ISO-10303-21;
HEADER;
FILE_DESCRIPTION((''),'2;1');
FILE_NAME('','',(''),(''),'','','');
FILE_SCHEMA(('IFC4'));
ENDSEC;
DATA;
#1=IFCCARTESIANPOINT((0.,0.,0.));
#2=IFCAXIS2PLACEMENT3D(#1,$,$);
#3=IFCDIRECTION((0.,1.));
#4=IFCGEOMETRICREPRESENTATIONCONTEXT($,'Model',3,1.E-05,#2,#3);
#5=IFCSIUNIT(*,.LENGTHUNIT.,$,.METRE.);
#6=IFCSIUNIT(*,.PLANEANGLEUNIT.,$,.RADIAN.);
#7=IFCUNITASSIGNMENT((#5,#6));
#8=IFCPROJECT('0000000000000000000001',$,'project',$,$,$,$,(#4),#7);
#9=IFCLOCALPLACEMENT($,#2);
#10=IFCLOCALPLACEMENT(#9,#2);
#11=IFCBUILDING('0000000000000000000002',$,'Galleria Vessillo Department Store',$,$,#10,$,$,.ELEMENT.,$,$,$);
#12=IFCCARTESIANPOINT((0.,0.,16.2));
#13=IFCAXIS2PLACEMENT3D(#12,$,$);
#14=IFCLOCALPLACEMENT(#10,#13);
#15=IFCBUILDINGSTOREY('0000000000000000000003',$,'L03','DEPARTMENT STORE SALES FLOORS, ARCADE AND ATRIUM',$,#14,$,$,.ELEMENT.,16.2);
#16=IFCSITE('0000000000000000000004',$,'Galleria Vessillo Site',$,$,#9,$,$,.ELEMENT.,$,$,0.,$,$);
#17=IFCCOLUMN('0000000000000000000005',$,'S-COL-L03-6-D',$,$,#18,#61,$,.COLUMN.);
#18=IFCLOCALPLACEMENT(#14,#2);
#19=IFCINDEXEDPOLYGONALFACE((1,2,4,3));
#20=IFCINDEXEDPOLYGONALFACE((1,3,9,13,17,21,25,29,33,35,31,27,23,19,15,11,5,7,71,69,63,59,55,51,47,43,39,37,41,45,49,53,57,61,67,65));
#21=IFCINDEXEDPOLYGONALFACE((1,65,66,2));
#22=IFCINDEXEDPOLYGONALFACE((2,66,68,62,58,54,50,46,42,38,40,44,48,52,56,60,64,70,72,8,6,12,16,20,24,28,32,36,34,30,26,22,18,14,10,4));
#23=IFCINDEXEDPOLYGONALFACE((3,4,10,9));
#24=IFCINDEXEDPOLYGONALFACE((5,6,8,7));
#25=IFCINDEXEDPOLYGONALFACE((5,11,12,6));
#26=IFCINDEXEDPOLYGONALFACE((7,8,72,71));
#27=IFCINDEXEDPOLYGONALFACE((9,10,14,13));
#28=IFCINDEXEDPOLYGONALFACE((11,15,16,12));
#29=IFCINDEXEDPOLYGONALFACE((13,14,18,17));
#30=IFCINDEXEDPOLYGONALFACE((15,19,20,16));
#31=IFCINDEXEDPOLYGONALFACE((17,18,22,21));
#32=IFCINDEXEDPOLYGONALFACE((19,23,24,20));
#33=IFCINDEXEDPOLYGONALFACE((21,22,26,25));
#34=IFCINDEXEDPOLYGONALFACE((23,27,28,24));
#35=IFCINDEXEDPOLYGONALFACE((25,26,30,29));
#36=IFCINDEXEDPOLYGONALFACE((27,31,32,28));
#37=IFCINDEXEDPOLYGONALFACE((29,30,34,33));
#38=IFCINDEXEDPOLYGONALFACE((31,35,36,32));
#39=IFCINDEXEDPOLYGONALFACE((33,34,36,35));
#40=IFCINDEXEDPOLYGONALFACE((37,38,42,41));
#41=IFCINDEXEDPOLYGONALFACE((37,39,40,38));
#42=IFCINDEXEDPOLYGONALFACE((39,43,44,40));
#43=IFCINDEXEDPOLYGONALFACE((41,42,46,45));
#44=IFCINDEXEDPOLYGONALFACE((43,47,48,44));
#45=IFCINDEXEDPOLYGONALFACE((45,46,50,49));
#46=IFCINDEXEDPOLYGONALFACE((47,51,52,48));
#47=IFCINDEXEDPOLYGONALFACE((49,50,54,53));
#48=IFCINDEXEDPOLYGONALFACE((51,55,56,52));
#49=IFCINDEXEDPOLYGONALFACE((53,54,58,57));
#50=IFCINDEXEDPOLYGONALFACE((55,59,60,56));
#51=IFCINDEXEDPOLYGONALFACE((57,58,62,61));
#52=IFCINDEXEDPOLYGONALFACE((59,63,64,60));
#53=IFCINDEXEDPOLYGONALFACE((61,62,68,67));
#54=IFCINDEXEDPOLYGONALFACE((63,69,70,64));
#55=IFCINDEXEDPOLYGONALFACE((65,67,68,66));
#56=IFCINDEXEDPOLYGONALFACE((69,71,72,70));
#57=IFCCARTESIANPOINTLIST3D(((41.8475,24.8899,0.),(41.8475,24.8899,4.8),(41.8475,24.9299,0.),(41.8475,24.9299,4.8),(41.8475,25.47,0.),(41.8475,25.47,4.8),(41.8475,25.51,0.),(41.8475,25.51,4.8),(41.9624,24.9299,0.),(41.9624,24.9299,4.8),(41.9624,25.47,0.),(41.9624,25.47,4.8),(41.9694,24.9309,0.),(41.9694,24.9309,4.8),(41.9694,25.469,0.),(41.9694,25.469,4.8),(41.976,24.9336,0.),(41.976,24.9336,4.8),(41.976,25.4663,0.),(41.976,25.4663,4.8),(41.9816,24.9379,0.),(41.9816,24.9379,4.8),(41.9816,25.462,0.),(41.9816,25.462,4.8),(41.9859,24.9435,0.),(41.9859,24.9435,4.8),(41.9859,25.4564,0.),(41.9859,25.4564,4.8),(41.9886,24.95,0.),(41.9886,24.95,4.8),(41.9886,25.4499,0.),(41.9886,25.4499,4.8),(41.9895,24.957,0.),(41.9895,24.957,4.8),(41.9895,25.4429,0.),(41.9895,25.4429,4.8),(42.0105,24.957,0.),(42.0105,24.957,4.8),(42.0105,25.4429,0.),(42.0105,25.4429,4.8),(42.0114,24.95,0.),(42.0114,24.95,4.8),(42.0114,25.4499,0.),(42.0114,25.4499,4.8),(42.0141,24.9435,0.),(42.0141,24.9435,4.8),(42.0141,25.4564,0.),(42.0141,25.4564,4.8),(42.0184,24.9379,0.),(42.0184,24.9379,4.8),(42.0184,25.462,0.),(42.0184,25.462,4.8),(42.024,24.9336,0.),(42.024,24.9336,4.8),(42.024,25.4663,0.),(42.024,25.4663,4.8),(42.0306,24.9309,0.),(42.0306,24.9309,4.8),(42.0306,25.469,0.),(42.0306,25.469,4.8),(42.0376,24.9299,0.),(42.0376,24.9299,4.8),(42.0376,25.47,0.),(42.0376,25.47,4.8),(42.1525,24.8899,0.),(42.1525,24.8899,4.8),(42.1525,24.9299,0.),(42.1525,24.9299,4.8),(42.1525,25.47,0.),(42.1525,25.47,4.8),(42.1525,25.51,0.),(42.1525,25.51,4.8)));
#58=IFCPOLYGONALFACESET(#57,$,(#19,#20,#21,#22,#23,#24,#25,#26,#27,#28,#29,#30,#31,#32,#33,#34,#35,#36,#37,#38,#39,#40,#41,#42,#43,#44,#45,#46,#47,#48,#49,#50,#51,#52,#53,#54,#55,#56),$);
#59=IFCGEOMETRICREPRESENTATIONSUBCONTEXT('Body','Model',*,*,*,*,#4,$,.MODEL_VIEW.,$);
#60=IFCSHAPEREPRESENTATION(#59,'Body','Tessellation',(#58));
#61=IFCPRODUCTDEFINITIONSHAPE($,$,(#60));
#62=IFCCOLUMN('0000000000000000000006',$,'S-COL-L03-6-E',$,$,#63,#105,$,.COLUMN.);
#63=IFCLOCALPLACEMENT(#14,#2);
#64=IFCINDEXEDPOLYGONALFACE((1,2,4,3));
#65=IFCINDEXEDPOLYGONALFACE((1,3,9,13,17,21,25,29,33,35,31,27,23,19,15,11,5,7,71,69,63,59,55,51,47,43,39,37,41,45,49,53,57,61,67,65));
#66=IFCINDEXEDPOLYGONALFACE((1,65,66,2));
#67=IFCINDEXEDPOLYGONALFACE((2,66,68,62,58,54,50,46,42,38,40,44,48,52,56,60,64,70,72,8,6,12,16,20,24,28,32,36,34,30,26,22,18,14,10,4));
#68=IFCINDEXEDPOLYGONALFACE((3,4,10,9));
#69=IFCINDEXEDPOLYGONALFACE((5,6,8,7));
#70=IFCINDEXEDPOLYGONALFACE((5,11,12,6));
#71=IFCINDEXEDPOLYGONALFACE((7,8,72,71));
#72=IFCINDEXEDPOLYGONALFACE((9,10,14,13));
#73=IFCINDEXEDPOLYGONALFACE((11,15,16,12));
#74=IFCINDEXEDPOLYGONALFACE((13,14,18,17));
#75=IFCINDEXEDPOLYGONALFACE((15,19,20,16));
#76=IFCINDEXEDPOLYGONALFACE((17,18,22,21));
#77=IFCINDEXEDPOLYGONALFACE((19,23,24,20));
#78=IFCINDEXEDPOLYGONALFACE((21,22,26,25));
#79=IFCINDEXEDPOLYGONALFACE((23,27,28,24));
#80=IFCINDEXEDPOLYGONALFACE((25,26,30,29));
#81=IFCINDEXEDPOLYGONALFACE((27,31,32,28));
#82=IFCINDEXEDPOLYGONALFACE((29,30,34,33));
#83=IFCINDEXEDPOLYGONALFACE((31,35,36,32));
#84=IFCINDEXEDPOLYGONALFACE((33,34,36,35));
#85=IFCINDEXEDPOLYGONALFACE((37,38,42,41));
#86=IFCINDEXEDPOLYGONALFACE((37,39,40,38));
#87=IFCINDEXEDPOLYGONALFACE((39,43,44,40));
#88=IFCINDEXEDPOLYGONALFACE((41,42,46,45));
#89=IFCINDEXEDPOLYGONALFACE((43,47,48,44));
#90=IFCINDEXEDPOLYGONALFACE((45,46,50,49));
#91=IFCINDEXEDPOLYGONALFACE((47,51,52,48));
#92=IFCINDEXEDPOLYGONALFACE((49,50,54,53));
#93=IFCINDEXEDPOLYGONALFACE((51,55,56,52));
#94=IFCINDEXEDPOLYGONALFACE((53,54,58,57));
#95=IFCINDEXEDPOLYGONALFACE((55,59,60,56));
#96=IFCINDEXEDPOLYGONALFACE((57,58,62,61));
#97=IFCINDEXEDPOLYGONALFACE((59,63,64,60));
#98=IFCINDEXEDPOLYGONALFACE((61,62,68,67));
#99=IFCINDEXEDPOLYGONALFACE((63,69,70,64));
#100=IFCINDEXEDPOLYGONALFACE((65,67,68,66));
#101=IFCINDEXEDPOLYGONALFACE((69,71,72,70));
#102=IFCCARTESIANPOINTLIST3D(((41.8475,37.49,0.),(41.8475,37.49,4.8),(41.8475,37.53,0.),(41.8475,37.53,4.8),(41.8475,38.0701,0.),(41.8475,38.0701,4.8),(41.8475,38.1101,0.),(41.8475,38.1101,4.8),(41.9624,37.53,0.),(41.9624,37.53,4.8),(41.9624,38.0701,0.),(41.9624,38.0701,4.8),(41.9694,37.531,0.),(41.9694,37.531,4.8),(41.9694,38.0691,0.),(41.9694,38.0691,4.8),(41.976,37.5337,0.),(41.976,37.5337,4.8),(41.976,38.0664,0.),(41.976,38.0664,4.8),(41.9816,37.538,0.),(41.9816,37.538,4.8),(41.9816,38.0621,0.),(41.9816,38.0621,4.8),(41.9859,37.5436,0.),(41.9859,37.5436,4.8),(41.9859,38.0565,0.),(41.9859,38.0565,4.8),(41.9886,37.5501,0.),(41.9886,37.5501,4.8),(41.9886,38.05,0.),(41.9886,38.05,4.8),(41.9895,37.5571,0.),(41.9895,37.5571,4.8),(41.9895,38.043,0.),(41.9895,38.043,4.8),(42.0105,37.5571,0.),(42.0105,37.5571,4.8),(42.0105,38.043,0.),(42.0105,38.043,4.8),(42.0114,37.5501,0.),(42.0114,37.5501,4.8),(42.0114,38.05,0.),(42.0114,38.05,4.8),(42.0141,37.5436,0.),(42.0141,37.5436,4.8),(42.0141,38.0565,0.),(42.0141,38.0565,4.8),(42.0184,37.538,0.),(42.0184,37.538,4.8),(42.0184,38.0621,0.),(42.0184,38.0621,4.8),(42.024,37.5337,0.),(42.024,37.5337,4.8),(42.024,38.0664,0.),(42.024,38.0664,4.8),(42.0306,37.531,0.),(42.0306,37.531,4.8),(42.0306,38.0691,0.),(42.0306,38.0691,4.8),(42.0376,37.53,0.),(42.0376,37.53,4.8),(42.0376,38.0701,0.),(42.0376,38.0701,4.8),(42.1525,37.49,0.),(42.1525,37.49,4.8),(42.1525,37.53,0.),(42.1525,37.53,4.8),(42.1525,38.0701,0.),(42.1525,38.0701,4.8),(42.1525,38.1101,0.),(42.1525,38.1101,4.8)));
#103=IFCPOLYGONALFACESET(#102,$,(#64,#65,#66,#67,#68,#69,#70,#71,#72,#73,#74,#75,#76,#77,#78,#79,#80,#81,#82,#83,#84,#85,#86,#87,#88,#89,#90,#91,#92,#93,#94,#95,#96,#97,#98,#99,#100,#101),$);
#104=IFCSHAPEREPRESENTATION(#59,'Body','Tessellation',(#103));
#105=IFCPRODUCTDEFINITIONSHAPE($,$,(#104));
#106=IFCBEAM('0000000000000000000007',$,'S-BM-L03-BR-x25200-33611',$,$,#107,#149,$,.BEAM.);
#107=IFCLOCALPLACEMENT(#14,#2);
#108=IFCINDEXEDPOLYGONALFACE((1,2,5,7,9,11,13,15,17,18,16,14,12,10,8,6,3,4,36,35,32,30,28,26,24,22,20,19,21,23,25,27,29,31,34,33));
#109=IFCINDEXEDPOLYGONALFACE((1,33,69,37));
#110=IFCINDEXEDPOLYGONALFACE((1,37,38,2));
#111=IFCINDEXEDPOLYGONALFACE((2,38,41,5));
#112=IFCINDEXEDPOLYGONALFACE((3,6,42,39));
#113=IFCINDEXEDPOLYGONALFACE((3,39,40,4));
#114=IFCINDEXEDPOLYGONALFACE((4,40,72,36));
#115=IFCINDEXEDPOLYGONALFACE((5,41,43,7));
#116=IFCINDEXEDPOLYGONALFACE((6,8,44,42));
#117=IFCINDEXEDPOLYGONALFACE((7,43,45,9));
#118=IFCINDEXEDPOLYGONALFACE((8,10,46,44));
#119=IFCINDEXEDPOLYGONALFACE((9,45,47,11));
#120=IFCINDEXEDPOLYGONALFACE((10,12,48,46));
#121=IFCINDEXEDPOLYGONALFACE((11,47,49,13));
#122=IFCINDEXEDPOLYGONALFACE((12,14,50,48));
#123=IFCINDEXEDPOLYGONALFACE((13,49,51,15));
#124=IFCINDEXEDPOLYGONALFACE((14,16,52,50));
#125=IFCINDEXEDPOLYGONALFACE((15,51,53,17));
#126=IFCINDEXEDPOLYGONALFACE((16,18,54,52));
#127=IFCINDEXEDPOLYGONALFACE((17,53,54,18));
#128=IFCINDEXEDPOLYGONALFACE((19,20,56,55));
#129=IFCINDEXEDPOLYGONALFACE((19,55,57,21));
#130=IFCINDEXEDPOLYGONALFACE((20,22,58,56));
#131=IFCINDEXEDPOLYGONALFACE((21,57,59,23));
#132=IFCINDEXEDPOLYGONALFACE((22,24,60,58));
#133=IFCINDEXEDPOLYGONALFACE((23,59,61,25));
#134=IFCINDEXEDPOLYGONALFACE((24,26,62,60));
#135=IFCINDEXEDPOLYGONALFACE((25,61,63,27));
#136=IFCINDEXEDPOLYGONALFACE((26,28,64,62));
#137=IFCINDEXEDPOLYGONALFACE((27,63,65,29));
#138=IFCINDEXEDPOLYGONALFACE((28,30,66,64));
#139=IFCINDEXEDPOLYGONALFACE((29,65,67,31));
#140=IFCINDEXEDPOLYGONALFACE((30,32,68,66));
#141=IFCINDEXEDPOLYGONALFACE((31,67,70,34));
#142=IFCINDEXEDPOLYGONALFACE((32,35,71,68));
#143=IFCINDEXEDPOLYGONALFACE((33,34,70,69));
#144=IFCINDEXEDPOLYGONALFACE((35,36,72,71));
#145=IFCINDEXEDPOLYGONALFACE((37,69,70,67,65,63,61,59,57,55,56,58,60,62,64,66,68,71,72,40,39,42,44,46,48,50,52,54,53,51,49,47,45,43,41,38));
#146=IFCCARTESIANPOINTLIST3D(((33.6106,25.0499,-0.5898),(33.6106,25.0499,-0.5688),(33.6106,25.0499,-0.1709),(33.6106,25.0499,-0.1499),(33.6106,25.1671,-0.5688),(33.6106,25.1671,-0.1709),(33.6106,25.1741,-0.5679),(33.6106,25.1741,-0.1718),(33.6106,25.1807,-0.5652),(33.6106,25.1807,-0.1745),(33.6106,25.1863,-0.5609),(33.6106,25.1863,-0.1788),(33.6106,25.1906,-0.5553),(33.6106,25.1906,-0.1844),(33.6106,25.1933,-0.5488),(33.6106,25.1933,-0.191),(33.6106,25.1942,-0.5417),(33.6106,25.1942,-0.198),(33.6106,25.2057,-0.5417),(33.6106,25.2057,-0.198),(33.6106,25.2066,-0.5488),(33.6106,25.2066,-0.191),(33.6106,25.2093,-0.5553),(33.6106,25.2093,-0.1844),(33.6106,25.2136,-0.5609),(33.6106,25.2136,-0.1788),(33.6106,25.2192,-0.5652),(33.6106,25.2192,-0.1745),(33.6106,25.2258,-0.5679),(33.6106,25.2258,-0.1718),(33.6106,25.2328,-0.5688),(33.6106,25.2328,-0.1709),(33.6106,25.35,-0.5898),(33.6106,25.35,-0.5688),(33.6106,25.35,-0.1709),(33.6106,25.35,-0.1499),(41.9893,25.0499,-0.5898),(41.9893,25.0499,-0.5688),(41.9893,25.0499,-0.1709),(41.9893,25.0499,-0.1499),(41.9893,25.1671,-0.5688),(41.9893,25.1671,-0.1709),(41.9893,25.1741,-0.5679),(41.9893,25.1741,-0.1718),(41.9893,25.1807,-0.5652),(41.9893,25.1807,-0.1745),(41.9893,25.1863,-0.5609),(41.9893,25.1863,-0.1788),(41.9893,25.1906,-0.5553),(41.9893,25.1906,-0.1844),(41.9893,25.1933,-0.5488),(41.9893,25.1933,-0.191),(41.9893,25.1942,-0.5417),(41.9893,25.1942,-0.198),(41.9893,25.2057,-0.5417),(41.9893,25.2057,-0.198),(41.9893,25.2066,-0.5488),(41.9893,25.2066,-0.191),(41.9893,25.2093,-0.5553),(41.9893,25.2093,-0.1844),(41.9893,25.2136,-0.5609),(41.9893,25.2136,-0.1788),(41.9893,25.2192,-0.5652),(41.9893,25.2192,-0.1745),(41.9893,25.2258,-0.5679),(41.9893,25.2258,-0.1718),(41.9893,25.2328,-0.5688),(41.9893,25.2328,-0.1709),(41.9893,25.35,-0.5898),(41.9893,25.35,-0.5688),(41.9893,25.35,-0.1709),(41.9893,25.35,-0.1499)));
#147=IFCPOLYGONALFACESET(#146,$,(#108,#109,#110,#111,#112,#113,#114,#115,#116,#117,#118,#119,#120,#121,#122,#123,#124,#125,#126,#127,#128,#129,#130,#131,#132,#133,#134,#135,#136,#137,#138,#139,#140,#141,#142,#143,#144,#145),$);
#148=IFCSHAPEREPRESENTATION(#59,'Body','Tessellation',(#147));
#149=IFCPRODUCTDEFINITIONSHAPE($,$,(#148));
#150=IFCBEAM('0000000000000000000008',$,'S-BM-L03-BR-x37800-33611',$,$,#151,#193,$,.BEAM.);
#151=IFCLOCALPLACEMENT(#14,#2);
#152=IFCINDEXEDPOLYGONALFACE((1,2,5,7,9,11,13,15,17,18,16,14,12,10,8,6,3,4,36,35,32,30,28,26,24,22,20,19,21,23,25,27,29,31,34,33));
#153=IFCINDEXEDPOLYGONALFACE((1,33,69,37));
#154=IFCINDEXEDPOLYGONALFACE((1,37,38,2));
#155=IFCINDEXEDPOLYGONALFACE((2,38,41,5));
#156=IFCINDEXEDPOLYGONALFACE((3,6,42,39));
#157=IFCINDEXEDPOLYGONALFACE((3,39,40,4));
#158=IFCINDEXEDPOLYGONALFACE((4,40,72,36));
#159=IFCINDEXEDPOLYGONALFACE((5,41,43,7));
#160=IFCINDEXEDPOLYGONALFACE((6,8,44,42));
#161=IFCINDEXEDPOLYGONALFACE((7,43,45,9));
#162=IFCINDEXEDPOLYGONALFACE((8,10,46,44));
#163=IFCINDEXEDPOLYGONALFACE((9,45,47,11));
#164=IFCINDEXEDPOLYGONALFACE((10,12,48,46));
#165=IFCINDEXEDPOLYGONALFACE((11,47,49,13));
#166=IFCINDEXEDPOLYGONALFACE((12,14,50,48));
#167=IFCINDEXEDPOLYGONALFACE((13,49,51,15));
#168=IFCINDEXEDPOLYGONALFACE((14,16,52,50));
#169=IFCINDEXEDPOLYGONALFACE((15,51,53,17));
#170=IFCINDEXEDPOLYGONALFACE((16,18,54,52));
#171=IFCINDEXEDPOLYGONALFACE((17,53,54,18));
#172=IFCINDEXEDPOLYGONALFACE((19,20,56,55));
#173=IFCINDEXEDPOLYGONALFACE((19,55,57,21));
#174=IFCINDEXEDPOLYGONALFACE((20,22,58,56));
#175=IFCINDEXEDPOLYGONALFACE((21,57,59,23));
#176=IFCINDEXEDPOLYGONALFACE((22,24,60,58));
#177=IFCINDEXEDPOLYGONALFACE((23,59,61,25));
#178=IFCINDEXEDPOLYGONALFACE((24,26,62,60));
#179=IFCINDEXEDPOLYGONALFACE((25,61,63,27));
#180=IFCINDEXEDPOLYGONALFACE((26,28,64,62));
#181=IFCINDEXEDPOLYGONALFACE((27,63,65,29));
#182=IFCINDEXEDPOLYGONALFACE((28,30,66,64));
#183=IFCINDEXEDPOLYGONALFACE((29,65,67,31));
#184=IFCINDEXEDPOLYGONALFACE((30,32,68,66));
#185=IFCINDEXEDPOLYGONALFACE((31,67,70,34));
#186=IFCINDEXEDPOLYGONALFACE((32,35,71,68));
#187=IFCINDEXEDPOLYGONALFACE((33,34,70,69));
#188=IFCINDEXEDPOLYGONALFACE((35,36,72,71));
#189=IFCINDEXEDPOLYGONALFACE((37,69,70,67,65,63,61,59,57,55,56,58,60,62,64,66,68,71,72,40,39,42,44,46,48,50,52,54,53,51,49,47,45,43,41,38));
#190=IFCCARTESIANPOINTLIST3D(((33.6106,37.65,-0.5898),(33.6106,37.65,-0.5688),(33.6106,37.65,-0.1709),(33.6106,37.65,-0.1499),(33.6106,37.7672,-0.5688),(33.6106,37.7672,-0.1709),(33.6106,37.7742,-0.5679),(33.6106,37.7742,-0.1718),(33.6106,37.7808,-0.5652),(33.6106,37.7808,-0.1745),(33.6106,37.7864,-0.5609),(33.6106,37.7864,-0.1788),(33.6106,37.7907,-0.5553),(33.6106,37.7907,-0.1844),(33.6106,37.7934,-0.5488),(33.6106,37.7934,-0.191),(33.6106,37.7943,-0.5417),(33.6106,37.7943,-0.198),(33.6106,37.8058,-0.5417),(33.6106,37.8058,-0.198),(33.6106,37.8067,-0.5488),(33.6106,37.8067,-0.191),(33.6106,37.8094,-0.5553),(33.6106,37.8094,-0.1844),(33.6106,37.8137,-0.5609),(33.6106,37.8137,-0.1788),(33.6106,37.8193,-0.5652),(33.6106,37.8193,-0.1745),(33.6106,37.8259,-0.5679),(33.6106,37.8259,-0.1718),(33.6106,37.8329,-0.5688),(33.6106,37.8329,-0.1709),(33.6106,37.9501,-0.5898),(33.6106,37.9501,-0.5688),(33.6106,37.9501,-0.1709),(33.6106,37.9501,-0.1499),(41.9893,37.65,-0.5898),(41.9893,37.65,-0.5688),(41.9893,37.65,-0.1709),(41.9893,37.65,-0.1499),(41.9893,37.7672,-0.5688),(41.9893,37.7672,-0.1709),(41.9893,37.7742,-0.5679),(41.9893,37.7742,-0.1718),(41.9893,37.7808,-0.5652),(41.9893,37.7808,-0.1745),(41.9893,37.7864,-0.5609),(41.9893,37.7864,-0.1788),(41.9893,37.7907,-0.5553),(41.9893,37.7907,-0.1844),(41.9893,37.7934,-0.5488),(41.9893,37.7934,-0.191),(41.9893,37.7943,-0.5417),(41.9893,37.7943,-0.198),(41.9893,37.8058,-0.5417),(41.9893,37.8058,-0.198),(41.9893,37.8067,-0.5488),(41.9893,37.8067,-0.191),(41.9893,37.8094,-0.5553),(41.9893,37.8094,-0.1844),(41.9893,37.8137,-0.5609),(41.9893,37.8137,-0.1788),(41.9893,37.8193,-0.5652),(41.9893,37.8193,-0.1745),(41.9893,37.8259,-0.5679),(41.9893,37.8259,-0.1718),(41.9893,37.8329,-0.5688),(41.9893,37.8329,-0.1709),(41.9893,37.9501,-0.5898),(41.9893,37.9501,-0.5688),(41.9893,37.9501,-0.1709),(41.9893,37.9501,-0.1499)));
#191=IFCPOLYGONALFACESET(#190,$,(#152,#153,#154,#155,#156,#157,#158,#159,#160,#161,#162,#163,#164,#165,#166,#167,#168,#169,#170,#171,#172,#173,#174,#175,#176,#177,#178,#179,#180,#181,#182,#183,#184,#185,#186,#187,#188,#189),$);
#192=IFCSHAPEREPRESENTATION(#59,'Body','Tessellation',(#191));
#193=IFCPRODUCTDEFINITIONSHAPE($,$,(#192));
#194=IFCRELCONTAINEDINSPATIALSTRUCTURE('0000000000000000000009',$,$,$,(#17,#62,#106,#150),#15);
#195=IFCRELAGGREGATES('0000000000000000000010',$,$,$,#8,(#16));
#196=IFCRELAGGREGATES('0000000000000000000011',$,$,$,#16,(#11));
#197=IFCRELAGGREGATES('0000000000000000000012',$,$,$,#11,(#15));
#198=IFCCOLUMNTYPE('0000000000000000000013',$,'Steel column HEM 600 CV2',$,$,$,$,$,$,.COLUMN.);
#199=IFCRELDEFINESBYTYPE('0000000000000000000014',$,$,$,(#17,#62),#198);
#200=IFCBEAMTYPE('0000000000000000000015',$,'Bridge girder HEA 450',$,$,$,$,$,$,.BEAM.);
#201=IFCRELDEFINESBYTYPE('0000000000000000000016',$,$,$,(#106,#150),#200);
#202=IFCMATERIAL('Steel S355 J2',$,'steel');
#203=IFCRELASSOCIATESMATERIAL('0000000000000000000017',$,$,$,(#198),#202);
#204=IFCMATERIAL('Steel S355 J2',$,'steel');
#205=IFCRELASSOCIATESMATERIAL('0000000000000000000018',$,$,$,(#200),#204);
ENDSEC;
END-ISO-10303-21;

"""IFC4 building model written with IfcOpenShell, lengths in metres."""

from ifc_helpers import new_model, si_unit, direction, frame, origin, origin_2d, place, context, subcontext, project, spatial, i_section, extrude, material, material_profile, profile_set, type_object, element, save


model = new_model("IFC4")

# Units and contexts
model_context = context("Model", 3, precision=1e-05, world=origin(), true_north=direction((0.0, 1.0)))
body_context = subcontext(model_context, "Body", "Model", "MODEL_VIEW")
ifc_project = project(units=[si_unit("LENGTHUNIT", "METRE"), si_unit("PLANEANGLEUNIT", "RADIAN")], contexts=[model_context])

# Site, building, storey
site_placement = place(None, origin())
site = spatial("IfcSite", under=ifc_project, at=site_placement, Name="Galleria Vessillo Site", CompositionType="ELEMENT", RefElevation=0.0)
building_placement = place(site_placement, origin())
building = spatial("IfcBuilding", under=site, at=building_placement, Name="Galleria Vessillo Department Store", CompositionType="ELEMENT")
storey_placement = place(building_placement, frame((0.0, 0.0, 16.2)))
storey = spatial("IfcBuildingStorey", under=building, at=storey_placement, Name="L03", Description="DEPARTMENT STORE SALES FLOORS, ARCADE AND ATRIUM", CompositionType="ELEMENT", Elevation=16.2)

# Columns
ifc_material_1 = material(Name="Steel S355 J2", Category="steel")
ifc_material_profile_1 = material_profile(ifc_material_1, i_section(OverallWidth=0.3049, OverallDepth=0.6201, WebThickness=0.021, FlangeThickness=0.04, FilletRadius=0.0271, at=origin_2d()), Name="HEM 600")
ifc_profile_set_1 = profile_set([ifc_material_profile_1], Name="Steel S355 J2")
column_type_1 = type_object("IfcColumnType", Name="Steel column HEM 600 CV2", PredefinedType="COLUMN", material=ifc_profile_set_1)
for number, where, z_axis, x_axis, name in (
    (1, (42.0, 25.2, 0.0), (0.0, 0.0, 1.0), (1.0, 0.0, 0.0), "S-COL-L03-6-D"),
    (2, (42.0, 37.8, 0.0), (0.0, 0.0, 1.0), (1.0, 0.0, 0.0), "S-COL-L03-6-E"),
):
    element("IfcColumn", number, at=place(storey_placement, frame(where, z_axis=z_axis, x_axis=x_axis)), inside=storey, type_object=column_type_1, Name=name, PredefinedType="COLUMN", context=body_context, shape_type="SweptSolid", body=[
        extrude(i_section(OverallWidth=0.3049, OverallDepth=0.6201, WebThickness=0.021, FlangeThickness=0.04, FilletRadius=0.0271, at=origin_2d()), origin(), (0.0, 0.0, 1.0), 4.8),
    ])

# Beams
ifc_material_2 = material(Name="Steel S355 J2", Category="steel")
ifc_material_profile_2 = material_profile(ifc_material_2, i_section(OverallWidth=0.3, OverallDepth=0.4399, WebThickness=0.0115, FlangeThickness=0.021, FilletRadius=0.0271, at=origin_2d()), Name="HEA 450")
ifc_profile_set_2 = profile_set([ifc_material_profile_2], Name="Steel S355 J2")
beam_type_1 = type_object("IfcBeamType", Name="Bridge girder HEA 450", PredefinedType="BEAM", material=ifc_profile_set_2)
for number, where, z_axis, x_axis, name in (
    (3, (33.6106, 25.2, -0.3699), (1.0, 0.0, 0.0), (0.0, 1.0, 0.0), "S-BM-L03-BR-x25200-33611"),
    (4, (33.6106, 37.8, -0.3699), (1.0, 0.0, 0.0), (0.0, 1.0, 0.0), "S-BM-L03-BR-x37800-33611"),
):
    element("IfcBeam", number, at=place(storey_placement, frame(where, z_axis=z_axis, x_axis=x_axis)), inside=storey, type_object=beam_type_1, Name=name, PredefinedType="BEAM", context=body_context, shape_type="SweptSolid", body=[
        extrude(i_section(OverallWidth=0.3, OverallDepth=0.4399, WebThickness=0.0115, FlangeThickness=0.021, FilletRadius=0.0271, at=origin_2d()), origin(), (0.0, 0.0, 1.0), 8.3787),
    ])

save(model, "model.ifc")
